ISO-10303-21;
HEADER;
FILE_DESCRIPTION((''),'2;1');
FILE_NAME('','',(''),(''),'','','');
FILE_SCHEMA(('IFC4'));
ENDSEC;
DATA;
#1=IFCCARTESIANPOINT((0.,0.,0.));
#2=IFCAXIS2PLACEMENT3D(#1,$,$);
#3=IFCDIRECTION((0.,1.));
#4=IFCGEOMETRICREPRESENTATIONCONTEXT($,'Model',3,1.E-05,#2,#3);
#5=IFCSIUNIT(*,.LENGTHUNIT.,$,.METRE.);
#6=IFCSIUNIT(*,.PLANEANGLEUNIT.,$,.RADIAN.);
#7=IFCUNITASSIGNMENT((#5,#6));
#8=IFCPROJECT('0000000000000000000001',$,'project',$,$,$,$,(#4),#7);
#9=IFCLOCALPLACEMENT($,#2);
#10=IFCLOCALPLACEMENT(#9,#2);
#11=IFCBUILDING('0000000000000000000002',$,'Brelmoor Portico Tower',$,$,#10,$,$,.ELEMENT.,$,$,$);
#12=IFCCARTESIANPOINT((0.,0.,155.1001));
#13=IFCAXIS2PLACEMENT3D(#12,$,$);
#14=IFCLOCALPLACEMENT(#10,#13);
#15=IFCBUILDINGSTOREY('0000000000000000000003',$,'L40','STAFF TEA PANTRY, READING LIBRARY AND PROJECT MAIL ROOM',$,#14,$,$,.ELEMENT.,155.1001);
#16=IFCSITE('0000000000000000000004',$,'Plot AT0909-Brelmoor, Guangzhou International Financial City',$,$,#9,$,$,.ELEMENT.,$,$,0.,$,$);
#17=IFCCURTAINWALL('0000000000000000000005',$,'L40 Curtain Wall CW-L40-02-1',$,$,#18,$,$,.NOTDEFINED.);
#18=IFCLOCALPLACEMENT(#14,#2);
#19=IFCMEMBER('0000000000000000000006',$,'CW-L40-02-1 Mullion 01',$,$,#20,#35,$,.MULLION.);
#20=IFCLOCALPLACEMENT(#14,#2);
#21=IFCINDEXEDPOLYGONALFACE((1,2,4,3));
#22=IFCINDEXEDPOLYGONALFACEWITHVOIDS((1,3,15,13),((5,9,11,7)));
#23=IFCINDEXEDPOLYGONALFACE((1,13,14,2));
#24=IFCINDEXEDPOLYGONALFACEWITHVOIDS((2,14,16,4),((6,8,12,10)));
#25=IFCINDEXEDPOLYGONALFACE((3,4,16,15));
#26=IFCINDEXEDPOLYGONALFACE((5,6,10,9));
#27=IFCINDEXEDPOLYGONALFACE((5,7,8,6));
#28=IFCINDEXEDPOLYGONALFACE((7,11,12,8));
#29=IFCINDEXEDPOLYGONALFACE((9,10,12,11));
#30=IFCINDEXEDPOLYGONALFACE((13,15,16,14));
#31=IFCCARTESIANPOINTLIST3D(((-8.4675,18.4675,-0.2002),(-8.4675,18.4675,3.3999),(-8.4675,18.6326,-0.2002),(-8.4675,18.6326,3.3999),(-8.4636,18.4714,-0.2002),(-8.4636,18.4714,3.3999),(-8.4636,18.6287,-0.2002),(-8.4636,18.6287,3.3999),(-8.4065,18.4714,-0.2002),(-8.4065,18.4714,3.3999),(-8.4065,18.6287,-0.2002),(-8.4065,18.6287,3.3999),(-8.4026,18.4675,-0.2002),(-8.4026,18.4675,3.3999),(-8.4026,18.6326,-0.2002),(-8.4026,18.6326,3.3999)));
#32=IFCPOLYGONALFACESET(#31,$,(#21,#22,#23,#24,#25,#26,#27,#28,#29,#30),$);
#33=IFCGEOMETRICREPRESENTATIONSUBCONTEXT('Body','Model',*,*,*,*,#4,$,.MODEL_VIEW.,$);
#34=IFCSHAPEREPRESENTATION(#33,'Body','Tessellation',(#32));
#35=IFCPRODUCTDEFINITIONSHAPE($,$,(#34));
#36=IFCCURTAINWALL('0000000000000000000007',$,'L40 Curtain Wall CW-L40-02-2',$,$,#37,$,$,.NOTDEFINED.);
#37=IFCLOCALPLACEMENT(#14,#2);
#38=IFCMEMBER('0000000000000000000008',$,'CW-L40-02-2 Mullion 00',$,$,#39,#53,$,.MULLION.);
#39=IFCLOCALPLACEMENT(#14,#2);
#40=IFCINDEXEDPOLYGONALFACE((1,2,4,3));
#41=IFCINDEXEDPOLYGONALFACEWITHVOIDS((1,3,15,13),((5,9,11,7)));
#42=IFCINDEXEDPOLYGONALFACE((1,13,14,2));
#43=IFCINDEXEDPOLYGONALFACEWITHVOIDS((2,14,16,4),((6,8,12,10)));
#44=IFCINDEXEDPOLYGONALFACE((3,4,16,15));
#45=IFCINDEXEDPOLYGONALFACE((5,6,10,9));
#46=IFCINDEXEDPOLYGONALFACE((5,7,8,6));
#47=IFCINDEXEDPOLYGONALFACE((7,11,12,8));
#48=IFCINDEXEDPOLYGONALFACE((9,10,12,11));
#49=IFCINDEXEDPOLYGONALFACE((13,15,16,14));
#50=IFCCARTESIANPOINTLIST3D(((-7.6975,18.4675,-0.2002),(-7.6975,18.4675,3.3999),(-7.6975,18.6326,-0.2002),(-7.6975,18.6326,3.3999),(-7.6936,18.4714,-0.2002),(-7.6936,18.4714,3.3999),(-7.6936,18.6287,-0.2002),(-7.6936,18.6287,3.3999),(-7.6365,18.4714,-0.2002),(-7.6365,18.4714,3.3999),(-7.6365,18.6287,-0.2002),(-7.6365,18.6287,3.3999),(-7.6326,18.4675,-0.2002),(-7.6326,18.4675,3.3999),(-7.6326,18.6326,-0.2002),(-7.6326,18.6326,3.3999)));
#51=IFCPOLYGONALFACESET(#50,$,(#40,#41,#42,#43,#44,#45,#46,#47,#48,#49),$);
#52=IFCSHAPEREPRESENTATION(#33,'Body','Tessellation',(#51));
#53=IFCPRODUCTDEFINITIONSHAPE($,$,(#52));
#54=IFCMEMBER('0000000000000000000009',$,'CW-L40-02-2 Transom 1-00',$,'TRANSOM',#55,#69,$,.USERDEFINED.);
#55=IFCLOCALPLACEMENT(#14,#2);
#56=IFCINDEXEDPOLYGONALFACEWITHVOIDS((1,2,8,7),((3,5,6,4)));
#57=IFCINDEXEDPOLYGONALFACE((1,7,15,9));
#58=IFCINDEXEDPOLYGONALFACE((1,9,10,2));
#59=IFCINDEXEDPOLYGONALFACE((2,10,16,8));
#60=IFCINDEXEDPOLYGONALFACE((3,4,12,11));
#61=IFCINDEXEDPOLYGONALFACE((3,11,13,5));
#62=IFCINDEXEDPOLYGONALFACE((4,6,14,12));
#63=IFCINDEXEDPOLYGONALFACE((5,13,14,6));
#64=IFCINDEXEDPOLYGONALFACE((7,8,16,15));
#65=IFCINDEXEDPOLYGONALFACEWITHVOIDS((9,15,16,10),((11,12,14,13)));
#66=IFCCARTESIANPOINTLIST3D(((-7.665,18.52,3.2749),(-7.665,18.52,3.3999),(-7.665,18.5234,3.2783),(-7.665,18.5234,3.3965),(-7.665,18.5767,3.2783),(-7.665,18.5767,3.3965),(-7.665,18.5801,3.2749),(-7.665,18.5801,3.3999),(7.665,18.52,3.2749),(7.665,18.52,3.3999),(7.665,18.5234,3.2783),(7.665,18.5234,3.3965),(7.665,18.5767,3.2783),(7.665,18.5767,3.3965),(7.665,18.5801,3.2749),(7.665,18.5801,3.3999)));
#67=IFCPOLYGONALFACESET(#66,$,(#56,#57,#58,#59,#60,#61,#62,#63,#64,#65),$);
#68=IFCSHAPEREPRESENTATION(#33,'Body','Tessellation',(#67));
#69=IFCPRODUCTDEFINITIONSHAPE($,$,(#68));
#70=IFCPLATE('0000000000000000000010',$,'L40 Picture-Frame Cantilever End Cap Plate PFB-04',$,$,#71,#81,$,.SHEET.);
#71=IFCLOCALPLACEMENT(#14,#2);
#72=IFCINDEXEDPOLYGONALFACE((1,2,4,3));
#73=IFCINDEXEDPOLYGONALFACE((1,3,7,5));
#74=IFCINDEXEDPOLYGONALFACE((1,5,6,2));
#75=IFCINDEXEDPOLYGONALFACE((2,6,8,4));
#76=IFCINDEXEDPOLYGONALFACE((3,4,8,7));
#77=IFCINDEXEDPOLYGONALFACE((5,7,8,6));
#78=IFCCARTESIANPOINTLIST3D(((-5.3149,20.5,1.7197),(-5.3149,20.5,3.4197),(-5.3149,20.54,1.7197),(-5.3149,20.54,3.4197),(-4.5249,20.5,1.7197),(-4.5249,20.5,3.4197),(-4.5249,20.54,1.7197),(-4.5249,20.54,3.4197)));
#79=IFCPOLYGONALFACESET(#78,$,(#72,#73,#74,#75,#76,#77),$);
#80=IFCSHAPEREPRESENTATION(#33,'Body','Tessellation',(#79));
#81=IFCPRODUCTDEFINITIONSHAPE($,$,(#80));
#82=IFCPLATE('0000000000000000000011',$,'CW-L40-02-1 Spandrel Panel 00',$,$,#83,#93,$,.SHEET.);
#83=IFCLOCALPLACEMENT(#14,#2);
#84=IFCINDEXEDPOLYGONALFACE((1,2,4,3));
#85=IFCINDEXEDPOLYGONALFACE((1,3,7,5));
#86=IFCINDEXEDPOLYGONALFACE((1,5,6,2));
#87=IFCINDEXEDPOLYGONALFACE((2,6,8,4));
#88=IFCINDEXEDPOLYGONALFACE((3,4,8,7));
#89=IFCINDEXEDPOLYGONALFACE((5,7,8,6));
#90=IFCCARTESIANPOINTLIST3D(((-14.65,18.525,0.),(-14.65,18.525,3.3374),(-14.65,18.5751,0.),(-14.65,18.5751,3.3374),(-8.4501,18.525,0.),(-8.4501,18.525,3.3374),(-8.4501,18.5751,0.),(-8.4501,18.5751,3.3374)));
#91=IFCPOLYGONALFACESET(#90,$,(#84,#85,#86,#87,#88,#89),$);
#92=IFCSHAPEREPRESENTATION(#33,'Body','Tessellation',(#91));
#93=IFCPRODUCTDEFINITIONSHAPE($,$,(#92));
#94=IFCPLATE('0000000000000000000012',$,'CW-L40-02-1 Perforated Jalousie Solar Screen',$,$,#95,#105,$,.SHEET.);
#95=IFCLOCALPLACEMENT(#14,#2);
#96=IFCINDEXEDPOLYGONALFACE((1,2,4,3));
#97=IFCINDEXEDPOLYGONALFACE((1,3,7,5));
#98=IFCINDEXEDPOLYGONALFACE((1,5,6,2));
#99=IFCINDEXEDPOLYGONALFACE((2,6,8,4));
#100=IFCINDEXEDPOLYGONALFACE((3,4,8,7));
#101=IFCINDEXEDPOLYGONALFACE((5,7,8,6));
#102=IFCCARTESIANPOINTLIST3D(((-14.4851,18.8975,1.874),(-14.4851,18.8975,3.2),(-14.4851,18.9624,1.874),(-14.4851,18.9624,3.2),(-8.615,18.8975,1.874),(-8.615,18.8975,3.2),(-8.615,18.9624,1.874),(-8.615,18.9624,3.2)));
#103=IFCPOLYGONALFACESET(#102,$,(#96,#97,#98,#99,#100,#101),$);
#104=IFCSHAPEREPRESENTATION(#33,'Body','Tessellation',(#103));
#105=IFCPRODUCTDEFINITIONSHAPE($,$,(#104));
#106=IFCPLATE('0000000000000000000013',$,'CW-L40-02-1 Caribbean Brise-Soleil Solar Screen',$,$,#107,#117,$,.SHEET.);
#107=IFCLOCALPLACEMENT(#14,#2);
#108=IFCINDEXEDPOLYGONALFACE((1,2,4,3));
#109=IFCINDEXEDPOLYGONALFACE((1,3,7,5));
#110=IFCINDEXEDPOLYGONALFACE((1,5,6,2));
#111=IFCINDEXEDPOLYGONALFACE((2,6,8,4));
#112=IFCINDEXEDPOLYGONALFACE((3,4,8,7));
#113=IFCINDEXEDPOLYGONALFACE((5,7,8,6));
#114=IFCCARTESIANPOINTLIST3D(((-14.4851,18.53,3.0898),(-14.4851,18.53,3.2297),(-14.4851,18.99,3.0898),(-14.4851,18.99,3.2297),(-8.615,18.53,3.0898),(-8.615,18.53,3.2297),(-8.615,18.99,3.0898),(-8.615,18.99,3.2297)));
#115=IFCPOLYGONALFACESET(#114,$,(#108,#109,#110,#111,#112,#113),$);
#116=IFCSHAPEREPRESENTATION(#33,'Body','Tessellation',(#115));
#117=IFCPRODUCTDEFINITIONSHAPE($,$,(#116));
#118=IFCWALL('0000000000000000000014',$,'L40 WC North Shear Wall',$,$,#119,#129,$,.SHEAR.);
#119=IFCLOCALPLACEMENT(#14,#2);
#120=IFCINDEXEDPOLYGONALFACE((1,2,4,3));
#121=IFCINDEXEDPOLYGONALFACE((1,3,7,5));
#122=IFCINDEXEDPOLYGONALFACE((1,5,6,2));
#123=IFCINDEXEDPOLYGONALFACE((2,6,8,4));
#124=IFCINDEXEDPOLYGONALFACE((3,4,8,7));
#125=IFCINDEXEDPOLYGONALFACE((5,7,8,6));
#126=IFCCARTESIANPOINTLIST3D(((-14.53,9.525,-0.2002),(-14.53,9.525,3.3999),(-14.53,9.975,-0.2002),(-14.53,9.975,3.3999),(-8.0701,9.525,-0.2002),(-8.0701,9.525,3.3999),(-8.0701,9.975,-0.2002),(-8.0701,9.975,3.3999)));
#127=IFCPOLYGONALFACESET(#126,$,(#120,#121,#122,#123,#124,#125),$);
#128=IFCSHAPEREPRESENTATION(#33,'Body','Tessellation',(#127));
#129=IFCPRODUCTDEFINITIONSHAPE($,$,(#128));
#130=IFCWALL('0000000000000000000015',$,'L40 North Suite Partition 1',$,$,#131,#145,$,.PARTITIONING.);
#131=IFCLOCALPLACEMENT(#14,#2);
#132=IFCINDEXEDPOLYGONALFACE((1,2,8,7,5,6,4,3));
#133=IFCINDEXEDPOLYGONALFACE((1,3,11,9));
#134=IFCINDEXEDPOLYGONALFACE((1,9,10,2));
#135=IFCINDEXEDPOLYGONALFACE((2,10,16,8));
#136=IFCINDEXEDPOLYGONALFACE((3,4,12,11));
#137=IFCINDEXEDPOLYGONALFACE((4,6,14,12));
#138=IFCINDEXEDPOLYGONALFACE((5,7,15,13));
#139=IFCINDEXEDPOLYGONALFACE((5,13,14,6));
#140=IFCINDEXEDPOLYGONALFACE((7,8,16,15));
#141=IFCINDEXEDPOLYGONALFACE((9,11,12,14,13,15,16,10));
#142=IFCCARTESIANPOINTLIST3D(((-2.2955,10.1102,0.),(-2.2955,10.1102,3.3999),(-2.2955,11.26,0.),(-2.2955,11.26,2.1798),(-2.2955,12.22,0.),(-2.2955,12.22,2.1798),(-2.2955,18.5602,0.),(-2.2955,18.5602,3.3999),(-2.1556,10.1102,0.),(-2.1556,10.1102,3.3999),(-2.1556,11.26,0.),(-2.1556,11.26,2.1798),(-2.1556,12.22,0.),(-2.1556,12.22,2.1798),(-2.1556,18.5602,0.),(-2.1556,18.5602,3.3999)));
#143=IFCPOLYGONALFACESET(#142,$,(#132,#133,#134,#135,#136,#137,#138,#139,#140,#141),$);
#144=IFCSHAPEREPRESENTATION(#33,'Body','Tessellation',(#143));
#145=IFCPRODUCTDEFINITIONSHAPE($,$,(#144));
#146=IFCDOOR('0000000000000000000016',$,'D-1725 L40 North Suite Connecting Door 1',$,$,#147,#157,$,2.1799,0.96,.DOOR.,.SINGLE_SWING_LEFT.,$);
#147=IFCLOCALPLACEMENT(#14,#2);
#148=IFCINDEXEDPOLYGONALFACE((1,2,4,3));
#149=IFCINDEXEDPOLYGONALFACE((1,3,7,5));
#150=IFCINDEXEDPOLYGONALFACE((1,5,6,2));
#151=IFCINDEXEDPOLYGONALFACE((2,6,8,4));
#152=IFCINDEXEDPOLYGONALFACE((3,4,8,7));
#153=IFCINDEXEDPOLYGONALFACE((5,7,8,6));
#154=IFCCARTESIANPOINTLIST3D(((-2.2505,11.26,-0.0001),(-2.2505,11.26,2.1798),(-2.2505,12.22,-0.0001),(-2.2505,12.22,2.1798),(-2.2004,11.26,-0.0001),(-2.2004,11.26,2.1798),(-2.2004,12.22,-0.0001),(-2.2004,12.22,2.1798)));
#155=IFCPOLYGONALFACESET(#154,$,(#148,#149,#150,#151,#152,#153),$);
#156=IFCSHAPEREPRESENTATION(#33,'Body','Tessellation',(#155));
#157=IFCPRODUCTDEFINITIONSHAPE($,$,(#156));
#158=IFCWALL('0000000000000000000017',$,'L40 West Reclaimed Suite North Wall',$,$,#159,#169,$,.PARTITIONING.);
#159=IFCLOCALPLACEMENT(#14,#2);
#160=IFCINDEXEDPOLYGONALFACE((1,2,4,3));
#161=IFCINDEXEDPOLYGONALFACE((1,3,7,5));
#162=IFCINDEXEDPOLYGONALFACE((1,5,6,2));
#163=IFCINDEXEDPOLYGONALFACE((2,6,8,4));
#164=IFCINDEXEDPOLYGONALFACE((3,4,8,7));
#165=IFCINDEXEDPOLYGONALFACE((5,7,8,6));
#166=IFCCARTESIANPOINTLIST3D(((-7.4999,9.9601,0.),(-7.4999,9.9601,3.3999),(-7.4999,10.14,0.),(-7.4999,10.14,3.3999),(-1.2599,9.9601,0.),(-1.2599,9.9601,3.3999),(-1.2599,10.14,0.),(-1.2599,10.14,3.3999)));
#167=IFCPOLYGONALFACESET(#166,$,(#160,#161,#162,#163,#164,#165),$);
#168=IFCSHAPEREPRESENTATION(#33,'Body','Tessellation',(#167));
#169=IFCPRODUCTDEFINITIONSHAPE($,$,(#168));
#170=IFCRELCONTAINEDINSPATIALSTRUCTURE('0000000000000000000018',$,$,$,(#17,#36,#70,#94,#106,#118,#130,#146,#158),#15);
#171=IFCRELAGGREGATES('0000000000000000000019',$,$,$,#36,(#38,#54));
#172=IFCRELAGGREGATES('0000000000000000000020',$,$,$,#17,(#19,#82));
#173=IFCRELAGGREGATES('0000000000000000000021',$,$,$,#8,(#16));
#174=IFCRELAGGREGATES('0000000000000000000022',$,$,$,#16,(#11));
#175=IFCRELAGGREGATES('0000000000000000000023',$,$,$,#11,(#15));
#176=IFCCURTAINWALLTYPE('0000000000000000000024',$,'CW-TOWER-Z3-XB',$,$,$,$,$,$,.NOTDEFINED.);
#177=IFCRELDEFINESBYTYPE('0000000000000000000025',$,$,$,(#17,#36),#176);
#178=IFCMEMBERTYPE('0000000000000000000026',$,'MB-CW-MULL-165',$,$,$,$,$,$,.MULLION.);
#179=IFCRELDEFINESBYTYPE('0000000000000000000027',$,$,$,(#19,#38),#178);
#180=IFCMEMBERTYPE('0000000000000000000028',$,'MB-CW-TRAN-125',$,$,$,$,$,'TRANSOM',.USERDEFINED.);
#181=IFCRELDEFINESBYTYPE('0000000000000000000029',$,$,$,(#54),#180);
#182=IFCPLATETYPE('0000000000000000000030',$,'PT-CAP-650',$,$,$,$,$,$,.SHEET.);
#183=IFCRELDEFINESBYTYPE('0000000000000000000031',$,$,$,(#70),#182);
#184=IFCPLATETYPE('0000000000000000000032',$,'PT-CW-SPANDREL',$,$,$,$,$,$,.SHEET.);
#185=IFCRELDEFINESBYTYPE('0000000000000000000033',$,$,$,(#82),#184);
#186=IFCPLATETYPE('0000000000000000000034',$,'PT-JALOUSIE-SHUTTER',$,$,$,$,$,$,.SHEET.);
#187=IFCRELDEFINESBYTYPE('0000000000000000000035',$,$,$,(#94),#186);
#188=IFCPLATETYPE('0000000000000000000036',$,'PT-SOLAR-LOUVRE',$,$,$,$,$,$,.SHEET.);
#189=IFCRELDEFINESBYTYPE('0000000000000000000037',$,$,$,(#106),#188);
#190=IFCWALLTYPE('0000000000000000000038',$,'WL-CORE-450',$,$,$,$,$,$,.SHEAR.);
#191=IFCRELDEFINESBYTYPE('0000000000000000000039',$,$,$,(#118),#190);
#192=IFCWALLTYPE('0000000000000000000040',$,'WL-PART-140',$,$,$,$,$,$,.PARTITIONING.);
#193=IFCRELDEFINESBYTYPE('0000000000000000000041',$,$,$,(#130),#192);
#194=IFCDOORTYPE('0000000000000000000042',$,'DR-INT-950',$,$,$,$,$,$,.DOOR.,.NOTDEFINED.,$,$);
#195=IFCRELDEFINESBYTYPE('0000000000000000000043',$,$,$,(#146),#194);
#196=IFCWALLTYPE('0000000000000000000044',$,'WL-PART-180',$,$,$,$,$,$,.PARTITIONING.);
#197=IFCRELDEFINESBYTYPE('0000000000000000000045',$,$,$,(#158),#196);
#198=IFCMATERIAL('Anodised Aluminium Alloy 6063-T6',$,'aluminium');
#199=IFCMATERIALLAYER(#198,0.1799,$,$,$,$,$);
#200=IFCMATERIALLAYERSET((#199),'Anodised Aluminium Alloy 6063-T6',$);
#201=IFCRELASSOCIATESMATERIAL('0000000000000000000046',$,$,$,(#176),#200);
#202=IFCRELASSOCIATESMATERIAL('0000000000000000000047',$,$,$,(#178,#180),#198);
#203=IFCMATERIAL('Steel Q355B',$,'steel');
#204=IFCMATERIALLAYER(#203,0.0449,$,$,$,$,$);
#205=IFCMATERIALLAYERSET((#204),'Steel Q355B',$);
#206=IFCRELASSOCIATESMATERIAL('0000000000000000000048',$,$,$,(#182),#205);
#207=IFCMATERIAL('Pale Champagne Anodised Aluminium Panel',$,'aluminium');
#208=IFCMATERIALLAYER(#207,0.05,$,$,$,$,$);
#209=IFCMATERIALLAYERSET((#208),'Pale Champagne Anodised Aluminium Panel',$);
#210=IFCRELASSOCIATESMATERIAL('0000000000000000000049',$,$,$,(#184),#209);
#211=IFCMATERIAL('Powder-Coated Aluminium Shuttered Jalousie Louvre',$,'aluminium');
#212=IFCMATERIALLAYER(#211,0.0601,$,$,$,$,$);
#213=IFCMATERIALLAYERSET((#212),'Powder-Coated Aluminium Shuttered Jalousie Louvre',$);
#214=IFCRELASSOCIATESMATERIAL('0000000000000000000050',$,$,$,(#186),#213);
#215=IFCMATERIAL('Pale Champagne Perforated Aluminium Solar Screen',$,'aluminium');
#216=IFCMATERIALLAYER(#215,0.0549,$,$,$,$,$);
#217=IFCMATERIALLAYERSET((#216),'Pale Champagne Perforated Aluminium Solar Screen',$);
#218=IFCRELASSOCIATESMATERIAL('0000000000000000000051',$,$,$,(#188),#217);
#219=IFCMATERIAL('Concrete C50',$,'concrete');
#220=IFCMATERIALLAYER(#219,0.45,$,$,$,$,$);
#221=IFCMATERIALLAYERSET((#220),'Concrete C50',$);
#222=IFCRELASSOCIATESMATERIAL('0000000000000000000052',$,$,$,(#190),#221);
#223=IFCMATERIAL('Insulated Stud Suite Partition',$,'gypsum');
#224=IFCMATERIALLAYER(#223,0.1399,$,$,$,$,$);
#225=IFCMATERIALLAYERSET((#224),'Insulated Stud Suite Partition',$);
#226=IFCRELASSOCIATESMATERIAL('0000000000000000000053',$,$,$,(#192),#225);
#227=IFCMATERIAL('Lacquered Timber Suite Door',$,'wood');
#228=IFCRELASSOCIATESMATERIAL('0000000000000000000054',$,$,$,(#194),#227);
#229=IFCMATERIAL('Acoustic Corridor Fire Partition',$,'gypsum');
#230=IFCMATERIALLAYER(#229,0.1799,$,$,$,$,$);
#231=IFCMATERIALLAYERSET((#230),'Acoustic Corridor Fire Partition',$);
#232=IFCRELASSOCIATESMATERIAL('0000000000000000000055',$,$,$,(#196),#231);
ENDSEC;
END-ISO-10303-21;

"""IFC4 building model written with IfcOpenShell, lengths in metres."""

from ifc_helpers import new_model, si_unit, direction, frame, frame_2d, origin, origin_2d, place, context, subcontext, project, spatial, rectangle, hollow_rectangle, extrude, material, layer, layer_set, material_profile, profile_set, type_object, element, fill, aggregate, save


model = new_model("IFC4")

# Units and contexts
model_context = context("Model", 3, precision=1e-05, world=origin(), true_north=direction((0.0, 1.0)))
body_context = subcontext(model_context, "Body", "Model", "MODEL_VIEW")
ifc_project = project(units=[si_unit("LENGTHUNIT", "METRE"), si_unit("PLANEANGLEUNIT", "RADIAN")], contexts=[model_context])

# Site, building, storey
site_placement = place(None, origin())
site = spatial("IfcSite", under=ifc_project, at=site_placement, Name="Plot AT0909-Brelmoor, Guangzhou International Financial City", CompositionType="ELEMENT", RefElevation=0.0)
building_placement = place(site_placement, origin())
building = spatial("IfcBuilding", under=site, at=building_placement, Name="Brelmoor Portico Tower", CompositionType="ELEMENT")
storey_placement = place(building_placement, frame((0.0, 0.0, 155.1001)))
storey = spatial("IfcBuildingStorey", under=building, at=storey_placement, Name="L40", Description="STAFF TEA PANTRY, READING LIBRARY AND PROJECT MAIL ROOM", CompositionType="ELEMENT", Elevation=155.1001)

# Shared definitions
ifc_material_1 = material(Name="Steel Q355B", Category="steel")

# Curtain wall, member
ifc_material_2 = material(Name="Anodised Aluminium Alloy 6063-T6", Category="aluminium")
ifc_layer_1 = layer(ifc_material_2, 0.1799)
ifc_layer_set_1 = layer_set([ifc_layer_1], Name="Anodised Aluminium Alloy 6063-T6")
curtain_wall_type = type_object("IfcCurtainWallType", Name="CW-TOWER-Z3-XB", PredefinedType="NOTDEFINED", material=ifc_layer_set_1)
curtain_wall_1_placement = place(storey_placement, origin())
curtain_wall_1 = element("IfcCurtainWall", 1, at=curtain_wall_1_placement, inside=storey, type_object=curtain_wall_type, Name="L40 Curtain Wall CW-L40-02-1", PredefinedType="NOTDEFINED")
ifc_material_profile_1 = material_profile(ifc_material_2, hollow_rectangle(XDim=0.0649, YDim=0.165, WallThickness=0.0039, at=origin_2d()), Name="ALU MULLION 65x165")
ifc_profile_set_1 = profile_set([ifc_material_profile_1], Name="Anodised Aluminium Alloy 6063-T6")
member_type_1 = type_object("IfcMemberType", Name="MB-CW-MULL-165", PredefinedType="MULLION", material=ifc_profile_set_1)
member_1_placement = place(storey_placement, frame((-8.4351, 18.55, -0.2002), z_axis=(0.0, 0.0, 1.0), x_axis=(1.0, 0.0, 0.0)))
member_1 = element("IfcMember", 2, at=member_1_placement, type_object=member_type_1, Name="CW-L40-02-1 Mullion 01", PredefinedType="MULLION", context=body_context, shape_type="SweptSolid", body=[
    extrude(hollow_rectangle(XDim=0.0649, YDim=0.165, WallThickness=0.0039, at=origin_2d()), origin(), (0.0, 0.0, 1.0), 3.6001),
])

# Curtain wall, members
curtain_wall_2_placement = place(storey_placement, origin())
curtain_wall_2 = element("IfcCurtainWall", 3, at=curtain_wall_2_placement, inside=storey, type_object=curtain_wall_type, Name="L40 Curtain Wall CW-L40-02-2", PredefinedType="NOTDEFINED")
member_2_placement = place(storey_placement, frame((-7.665, 18.55, -0.2002), z_axis=(0.0, 0.0, 1.0), x_axis=(1.0, 0.0, 0.0)))
member_2 = element("IfcMember", 4, at=member_2_placement, type_object=member_type_1, Name="CW-L40-02-2 Mullion 00", PredefinedType="MULLION", context=body_context, shape_type="SweptSolid", body=[
    extrude(hollow_rectangle(XDim=0.0649, YDim=0.165, WallThickness=0.0039, at=origin_2d()), origin(), (0.0, 0.0, 1.0), 3.6001),
])
ifc_material_profile_2 = material_profile(ifc_material_2, hollow_rectangle(XDim=0.0601, YDim=0.125, WallThickness=0.0034, at=origin_2d()), Name="ALU TRANSOM 60x125")
ifc_profile_set_2 = profile_set([ifc_material_profile_2], Name="Anodised Aluminium Alloy 6063-T6")
member_type_2 = type_object("IfcMemberType", Name="MB-CW-TRAN-125", ElementType="TRANSOM", PredefinedType="USERDEFINED", material=ifc_profile_set_2)
member_3_placement = place(storey_placement, frame((-7.665, 18.55, 3.3374), z_axis=(1.0, 0.0, 0.0), x_axis=(0.0, 1.0, 0.0)))
member_3 = element("IfcMember", 5, at=member_3_placement, type_object=member_type_2, Name="CW-L40-02-2 Transom 1-00", ObjectType="TRANSOM", PredefinedType="USERDEFINED", context=body_context, shape_type="SweptSolid", body=[
    extrude(hollow_rectangle(XDim=0.0601, YDim=0.125, WallThickness=0.0034, at=origin_2d()), origin(), (0.0, 0.0, 1.0), 15.3301),
])
aggregate(curtain_wall_2, [member_2, member_3])

# Plates
ifc_layer_2 = layer(ifc_material_1, 0.0449)
ifc_layer_set_2 = layer_set([ifc_layer_2], Name="Steel Q355B")
plate_type_1 = type_object("IfcPlateType", Name="PT-CAP-650", PredefinedType="SHEET", material=ifc_layer_set_2)
plate_1_placement = place(storey_placement, frame((-4.9199, 20.52, 1.7197), z_axis=(0.0, 0.0, 1.0), x_axis=(1.0, 0.0, 0.0)))
element("IfcPlate", 6, at=plate_1_placement, inside=storey, type_object=plate_type_1, Name="L40 Picture-Frame Cantilever End Cap Plate PFB-04", PredefinedType="SHEET", context=body_context, shape_type="SweptSolid", body=[
    extrude(rectangle(XDim=0.79, YDim=0.04, at=origin_2d()), origin(), (0.0, 0.0, 1.0), 1.7),
])
ifc_material_3 = material(Name="Pale Champagne Anodised Aluminium Panel", Category="aluminium")
ifc_layer_3 = layer(ifc_material_3, 0.05)
ifc_layer_set_3 = layer_set([ifc_layer_3], Name="Pale Champagne Anodised Aluminium Panel")
plate_type_2 = type_object("IfcPlateType", Name="PT-CW-SPANDREL", PredefinedType="SHEET", material=ifc_layer_set_3)
plate_2_placement = place(storey_placement, frame((-11.55, 18.55, 0.0), z_axis=(0.0, 0.0, 1.0), x_axis=(1.0, 0.0, 0.0)))
plate_2 = element("IfcPlate", 7, at=plate_2_placement, type_object=plate_type_2, Name="CW-L40-02-1 Spandrel Panel 00", PredefinedType="SHEET", context=body_context, shape_type="SweptSolid", body=[
    extrude(rectangle(XDim=6.2, YDim=0.05, at=origin_2d()), origin(), (0.0, 0.0, 1.0), 3.3374),
])
aggregate(curtain_wall_1, [member_1, plate_2])

# Plates
ifc_material_4 = material(Name="Powder-Coated Aluminium Shuttered Jalousie Louvre", Category="aluminium")
ifc_layer_4 = layer(ifc_material_4, 0.0601)
ifc_layer_set_4 = layer_set([ifc_layer_4], Name="Powder-Coated Aluminium Shuttered Jalousie Louvre")
plate_type_3 = type_object("IfcPlateType", Name="PT-JALOUSIE-SHUTTER", PredefinedType="SHEET", material=ifc_layer_set_4)
plate_3_placement = place(storey_placement, frame((-11.55, 18.9299, 1.874), z_axis=(0.0, 0.0, 1.0), x_axis=(1.0, 0.0, 0.0)))
element("IfcPlate", 8, at=plate_3_placement, inside=storey, type_object=plate_type_3, Name="CW-L40-02-1 Perforated Jalousie Solar Screen", PredefinedType="SHEET", context=body_context, shape_type="SweptSolid", body=[
    extrude(rectangle(XDim=5.8701, YDim=0.0649, at=origin_2d()), origin(), (0.0, 0.0, 1.0), 1.3259),
])
ifc_material_5 = material(Name="Pale Champagne Perforated Aluminium Solar Screen", Category="aluminium")
ifc_layer_5 = layer(ifc_material_5, 0.0549)
ifc_layer_set_5 = layer_set([ifc_layer_5], Name="Pale Champagne Perforated Aluminium Solar Screen")
plate_type_4 = type_object("IfcPlateType", Name="PT-SOLAR-LOUVRE", PredefinedType="SHEET", material=ifc_layer_set_5)
plate_4_placement = place(storey_placement, frame((-11.55, 18.76, 3.0898), z_axis=(0.0, 0.0, 1.0), x_axis=(1.0, 0.0, 0.0)))
element("IfcPlate", 9, at=plate_4_placement, inside=storey, type_object=plate_type_4, Name="CW-L40-02-1 Caribbean Brise-Soleil Solar Screen", PredefinedType="SHEET", context=body_context, shape_type="SweptSolid", body=[
    extrude(rectangle(XDim=5.8701, YDim=0.46, at=origin_2d()), origin(), (0.0, 0.0, 1.0), 0.1399),
])

# Wall
ifc_material_6 = material(Name="Concrete C50", Category="concrete")
ifc_layer_6 = layer(ifc_material_6, 0.45)
ifc_layer_set_6 = layer_set([ifc_layer_6], Name="Concrete C50")
wall_type_1 = type_object("IfcWallType", Name="WL-CORE-450", PredefinedType="SHEAR", material=ifc_layer_set_6)
wall_1_placement = place(storey_placement, frame((-14.53, 9.75, -0.2002), z_axis=(0.0, 0.0, 1.0), x_axis=(1.0, 0.0, 0.0)))
element("IfcWall", 10, at=wall_1_placement, inside=storey, type_object=wall_type_1, Name="L40 WC North Shear Wall", PredefinedType="SHEAR", context=body_context, shape_type="SweptSolid", body=[
    extrude(rectangle(XDim=6.46, YDim=0.45, at=frame_2d((3.23, 0.0))), origin(), (0.0, 0.0, 1.0), 3.6001),
])

# Wall, opening, door
ifc_material_7 = material(Name="Insulated Stud Suite Partition", Category="gypsum")
ifc_layer_7 = layer(ifc_material_7, 0.1399)
ifc_layer_set_7 = layer_set([ifc_layer_7], Name="Insulated Stud Suite Partition")
wall_type_2 = type_object("IfcWallType", Name="WL-PART-140", PredefinedType="PARTITIONING", material=ifc_layer_set_7)
wall_2_placement = place(storey_placement, frame((-2.2256, 10.1101, 0.0), z_axis=(0.0, 0.0, 1.0), x_axis=(0.0, 1.0, 0.0)))
wall_2 = element("IfcWall", 11, at=wall_2_placement, inside=storey, type_object=wall_type_2, Name="L40 North Suite Partition 1", PredefinedType="PARTITIONING", context=body_context, shape_type="SweptSolid", body=[
    extrude(rectangle(XDim=8.45, YDim=0.1399, at=frame_2d((4.2251, 0.0))), origin(), (0.0, 0.0, 1.0), 3.3999),
])
opening_1_placement = place(wall_2_placement, frame((1.1499, 0.0, 0.0)))
opening_1 = element("IfcOpeningElement", 12, at=opening_1_placement, cuts=wall_2, PredefinedType="OPENING", context=body_context, shape_type="SweptSolid", body=[
    extrude(rectangle(XDim=0.96, YDim=2.1799, at=frame_2d((0.48, 1.0898))), frame((0.0, 0.0798, 0.0), z_axis=(0.0, -1.0, 0.0), x_axis=(1.0, 0.0, 0.0)), (0.0, 0.0, 1.0), 0.1599),
])
ifc_material_8 = material(Name="Lacquered Timber Suite Door", Category="wood")
door_type = type_object("IfcDoorType", Name="DR-INT-950", OperationType="NOTDEFINED", PredefinedType="DOOR", material=ifc_material_8)
door_1_placement = place(opening_1_placement, origin())
door_1 = element("IfcDoor", 13, at=door_1_placement, inside=storey, type_object=door_type, Name="D-1725 L40 North Suite Connecting Door 1", OperationType="SINGLE_SWING_LEFT", OverallHeight=2.1799, OverallWidth=0.96, PredefinedType="DOOR", context=body_context, shape_type="SweptSolid", body=[
    extrude(rectangle(XDim=0.96, YDim=2.1799, at=frame_2d((0.48, 1.0898))), frame((0.0, 0.0249, 0.0), z_axis=(0.0, -1.0, 0.0), x_axis=(1.0, 0.0, 0.0)), (0.0, 0.0, 1.0), 0.05),
])
fill(opening_1, door_1)

# Wall
ifc_material_9 = material(Name="Acoustic Corridor Fire Partition", Category="gypsum")
ifc_layer_8 = layer(ifc_material_9, 0.1799)
ifc_layer_set_8 = layer_set([ifc_layer_8], Name="Acoustic Corridor Fire Partition")
wall_type_3 = type_object("IfcWallType", Name="WL-PART-180", PredefinedType="PARTITIONING", material=ifc_layer_set_8)
wall_3_placement = place(storey_placement, frame((-7.5, 10.05, 0.0), z_axis=(0.0, 0.0, 1.0), x_axis=(1.0, 0.0, 0.0)))
element("IfcWall", 14, at=wall_3_placement, inside=storey, type_object=wall_type_3, Name="L40 West Reclaimed Suite North Wall", PredefinedType="PARTITIONING", context=body_context, shape_type="SweptSolid", body=[
    extrude(rectangle(XDim=6.24, YDim=0.1799, at=frame_2d((3.1201, 0.0))), origin(), (0.0, 0.0, 1.0), 3.3999),
])

save(model, "model.ifc")
